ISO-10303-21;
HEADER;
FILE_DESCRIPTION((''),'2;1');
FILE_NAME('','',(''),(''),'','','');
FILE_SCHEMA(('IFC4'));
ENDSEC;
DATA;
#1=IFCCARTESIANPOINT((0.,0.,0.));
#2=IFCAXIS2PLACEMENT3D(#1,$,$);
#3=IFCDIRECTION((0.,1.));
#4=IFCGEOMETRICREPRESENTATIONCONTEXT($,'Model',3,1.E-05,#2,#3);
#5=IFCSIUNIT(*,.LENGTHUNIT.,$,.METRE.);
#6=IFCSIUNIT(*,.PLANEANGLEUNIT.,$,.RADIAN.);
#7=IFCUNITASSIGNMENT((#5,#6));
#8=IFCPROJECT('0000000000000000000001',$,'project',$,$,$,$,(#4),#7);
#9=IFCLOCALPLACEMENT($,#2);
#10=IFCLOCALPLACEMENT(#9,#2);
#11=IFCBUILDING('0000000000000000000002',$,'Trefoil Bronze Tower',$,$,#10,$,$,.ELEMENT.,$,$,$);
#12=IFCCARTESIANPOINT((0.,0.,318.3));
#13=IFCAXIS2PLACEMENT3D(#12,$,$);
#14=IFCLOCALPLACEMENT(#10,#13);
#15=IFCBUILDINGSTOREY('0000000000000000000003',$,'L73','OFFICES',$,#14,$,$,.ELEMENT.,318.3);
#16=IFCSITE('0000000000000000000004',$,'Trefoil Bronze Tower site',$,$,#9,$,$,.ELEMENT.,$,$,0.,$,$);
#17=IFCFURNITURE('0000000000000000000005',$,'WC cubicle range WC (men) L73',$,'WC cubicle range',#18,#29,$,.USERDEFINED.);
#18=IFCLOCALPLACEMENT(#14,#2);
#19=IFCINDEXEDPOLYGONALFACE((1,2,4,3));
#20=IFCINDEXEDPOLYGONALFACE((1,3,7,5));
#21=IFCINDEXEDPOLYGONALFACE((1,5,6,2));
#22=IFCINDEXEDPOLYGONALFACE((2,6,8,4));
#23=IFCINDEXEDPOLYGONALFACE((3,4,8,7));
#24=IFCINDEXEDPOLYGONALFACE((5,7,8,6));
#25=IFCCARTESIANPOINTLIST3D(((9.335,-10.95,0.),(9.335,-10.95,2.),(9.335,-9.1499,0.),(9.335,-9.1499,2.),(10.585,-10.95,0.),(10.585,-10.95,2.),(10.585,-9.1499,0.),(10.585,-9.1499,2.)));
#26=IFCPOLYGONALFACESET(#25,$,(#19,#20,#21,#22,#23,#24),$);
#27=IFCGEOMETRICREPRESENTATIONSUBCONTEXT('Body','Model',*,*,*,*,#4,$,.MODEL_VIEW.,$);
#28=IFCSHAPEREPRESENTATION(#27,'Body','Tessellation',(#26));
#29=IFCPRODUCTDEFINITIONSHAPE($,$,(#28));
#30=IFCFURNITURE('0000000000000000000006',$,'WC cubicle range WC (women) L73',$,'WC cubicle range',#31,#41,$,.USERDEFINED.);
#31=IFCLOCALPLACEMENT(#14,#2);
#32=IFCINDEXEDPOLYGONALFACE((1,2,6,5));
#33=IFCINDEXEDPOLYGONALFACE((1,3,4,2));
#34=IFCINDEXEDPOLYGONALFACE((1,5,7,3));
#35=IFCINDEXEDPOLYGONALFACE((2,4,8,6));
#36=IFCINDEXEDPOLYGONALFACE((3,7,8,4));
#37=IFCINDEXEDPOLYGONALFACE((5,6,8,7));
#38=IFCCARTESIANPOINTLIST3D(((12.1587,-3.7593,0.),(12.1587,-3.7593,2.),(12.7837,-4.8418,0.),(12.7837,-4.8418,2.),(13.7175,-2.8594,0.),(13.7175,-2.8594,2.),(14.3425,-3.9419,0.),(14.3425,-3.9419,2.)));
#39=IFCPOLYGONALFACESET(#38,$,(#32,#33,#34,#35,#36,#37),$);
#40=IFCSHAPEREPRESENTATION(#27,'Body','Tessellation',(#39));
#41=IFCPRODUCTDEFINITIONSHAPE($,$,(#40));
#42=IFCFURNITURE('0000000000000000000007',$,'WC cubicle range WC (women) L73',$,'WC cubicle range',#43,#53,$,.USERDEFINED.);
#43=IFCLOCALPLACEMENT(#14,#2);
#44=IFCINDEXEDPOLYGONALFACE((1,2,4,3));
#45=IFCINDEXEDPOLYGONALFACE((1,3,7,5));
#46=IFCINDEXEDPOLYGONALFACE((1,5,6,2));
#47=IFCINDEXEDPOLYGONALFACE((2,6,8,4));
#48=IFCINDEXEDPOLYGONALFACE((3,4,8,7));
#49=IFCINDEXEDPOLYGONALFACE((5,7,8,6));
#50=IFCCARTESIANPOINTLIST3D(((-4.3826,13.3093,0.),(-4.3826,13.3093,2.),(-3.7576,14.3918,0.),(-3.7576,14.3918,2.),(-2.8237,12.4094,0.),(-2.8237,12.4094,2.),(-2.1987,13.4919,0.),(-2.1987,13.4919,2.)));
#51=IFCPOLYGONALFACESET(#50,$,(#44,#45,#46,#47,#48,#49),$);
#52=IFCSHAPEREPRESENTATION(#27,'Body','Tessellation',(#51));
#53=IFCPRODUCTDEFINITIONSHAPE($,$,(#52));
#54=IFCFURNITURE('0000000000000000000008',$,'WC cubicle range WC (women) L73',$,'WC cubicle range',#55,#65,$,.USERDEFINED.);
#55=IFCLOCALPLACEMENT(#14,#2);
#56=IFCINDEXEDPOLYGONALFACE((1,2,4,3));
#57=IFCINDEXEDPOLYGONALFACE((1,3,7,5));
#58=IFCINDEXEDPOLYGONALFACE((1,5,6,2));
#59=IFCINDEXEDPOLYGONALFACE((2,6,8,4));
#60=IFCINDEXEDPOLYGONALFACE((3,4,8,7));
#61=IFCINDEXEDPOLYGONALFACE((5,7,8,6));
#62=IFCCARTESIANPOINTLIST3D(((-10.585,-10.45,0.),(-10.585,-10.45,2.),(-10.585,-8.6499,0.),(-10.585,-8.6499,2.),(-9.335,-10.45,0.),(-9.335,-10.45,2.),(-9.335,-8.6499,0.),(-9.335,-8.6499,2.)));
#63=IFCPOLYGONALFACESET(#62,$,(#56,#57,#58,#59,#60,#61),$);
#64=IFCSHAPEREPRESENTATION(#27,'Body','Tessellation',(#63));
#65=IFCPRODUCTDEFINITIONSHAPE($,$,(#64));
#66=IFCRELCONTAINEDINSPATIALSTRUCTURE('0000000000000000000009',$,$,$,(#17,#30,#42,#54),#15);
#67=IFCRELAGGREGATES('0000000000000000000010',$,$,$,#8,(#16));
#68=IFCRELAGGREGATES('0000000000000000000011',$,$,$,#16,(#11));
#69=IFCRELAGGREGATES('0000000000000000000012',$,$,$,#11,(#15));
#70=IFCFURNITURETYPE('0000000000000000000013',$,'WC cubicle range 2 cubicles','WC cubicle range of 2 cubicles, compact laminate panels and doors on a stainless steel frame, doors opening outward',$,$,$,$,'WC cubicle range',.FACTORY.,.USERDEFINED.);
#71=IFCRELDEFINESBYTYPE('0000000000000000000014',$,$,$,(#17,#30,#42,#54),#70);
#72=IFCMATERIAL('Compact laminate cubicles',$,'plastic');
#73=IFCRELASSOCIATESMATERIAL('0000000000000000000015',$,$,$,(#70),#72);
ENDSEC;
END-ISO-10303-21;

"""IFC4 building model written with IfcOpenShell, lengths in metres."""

from ifc_helpers import new_model, si_unit, direction, frame, origin, place, context, subcontext, project, spatial, polyline, outline, extrude, material, type_object, element, save


model = new_model("IFC4")

# Units and contexts
model_context = context("Model", 3, precision=1e-05, world=origin(), true_north=direction((0.0, 1.0)))
body_context = subcontext(model_context, "Body", "Model", "MODEL_VIEW")
ifc_project = project(units=[si_unit("LENGTHUNIT", "METRE"), si_unit("PLANEANGLEUNIT", "RADIAN")], contexts=[model_context])

# Site, building, storey
site_placement = place(None, origin())
site = spatial("IfcSite", under=ifc_project, at=site_placement, Name="Trefoil Bronze Tower site", CompositionType="ELEMENT", RefElevation=0.0)
building_placement = place(site_placement, origin())
building = spatial("IfcBuilding", under=site, at=building_placement, Name="Trefoil Bronze Tower", CompositionType="ELEMENT")
storey_placement = place(building_placement, frame((0.0, 0.0, 318.3)))
storey = spatial("IfcBuildingStorey", under=building, at=storey_placement, Name="L73", Description="OFFICES", CompositionType="ELEMENT", Elevation=318.3)

# Furniture
ifc_material_1 = material(Name="Compact laminate cubicles", Category="plastic")
furniture_type_1 = type_object("IfcFurnitureType", Name="WC cubicle range 2 cubicles", Description="WC cubicle range of 2 cubicles, compact laminate panels and doors on a stainless steel frame, doors opening outward", ElementType="WC cubicle range", AssemblyPlace="FACTORY", PredefinedType="USERDEFINED", material=ifc_material_1)
furniture_1_placement = place(storey_placement, origin())
element("IfcFurniture", 1, at=furniture_1_placement, inside=storey, type_object=furniture_type_1, Name="WC cubicle range WC (men) L73", ObjectType="WC cubicle range", PredefinedType="USERDEFINED", context=body_context, shape_type="SweptSolid", body=[
    extrude(outline(polyline([(9.335, -9.1499), (10.585, -9.1499), (10.585, -10.95), (9.335, -10.95), (9.335, -9.1499)])), origin(), (0.0, 0.0, 1.0), 2.0),
])
furniture_2_placement = place(storey_placement, origin())
element("IfcFurniture", 2, at=furniture_2_placement, inside=storey, type_object=furniture_type_1, Name="WC cubicle range WC (women) L73", ObjectType="WC cubicle range", PredefinedType="USERDEFINED", context=body_context, shape_type="SweptSolid", body=[
    extrude(outline(polyline([(12.1587, -3.7593), (12.7837, -4.8418), (14.3425, -3.9419), (13.7175, -2.8594), (12.1587, -3.7593)])), origin(), (0.0, 0.0, 1.0), 2.0),
])
furniture_3_placement = place(storey_placement, origin())
element("IfcFurniture", 3, at=furniture_3_placement, inside=storey, type_object=furniture_type_1, Name="WC cubicle range WC (women) L73", ObjectType="WC cubicle range", PredefinedType="USERDEFINED", context=body_context, shape_type="SweptSolid", body=[
    extrude(outline(polyline([(-2.8237, 12.4094), (-2.1987, 13.4919), (-3.7576, 14.3918), (-4.3826, 13.3093), (-2.8237, 12.4094)])), origin(), (0.0, 0.0, 1.0), 2.0),
])
furniture_4_placement = place(storey_placement, origin())
element("IfcFurniture", 4, at=furniture_4_placement, inside=storey, type_object=furniture_type_1, Name="WC cubicle range WC (women) L73", ObjectType="WC cubicle range", PredefinedType="USERDEFINED", context=body_context, shape_type="SweptSolid", body=[
    extrude(outline(polyline([(-9.335, -8.6499), (-10.585, -8.6499), (-10.585, -10.45), (-9.335, -10.45), (-9.335, -8.6499)])), origin(), (0.0, 0.0, 1.0), 2.0),
])

save(model, "model.ifc")
